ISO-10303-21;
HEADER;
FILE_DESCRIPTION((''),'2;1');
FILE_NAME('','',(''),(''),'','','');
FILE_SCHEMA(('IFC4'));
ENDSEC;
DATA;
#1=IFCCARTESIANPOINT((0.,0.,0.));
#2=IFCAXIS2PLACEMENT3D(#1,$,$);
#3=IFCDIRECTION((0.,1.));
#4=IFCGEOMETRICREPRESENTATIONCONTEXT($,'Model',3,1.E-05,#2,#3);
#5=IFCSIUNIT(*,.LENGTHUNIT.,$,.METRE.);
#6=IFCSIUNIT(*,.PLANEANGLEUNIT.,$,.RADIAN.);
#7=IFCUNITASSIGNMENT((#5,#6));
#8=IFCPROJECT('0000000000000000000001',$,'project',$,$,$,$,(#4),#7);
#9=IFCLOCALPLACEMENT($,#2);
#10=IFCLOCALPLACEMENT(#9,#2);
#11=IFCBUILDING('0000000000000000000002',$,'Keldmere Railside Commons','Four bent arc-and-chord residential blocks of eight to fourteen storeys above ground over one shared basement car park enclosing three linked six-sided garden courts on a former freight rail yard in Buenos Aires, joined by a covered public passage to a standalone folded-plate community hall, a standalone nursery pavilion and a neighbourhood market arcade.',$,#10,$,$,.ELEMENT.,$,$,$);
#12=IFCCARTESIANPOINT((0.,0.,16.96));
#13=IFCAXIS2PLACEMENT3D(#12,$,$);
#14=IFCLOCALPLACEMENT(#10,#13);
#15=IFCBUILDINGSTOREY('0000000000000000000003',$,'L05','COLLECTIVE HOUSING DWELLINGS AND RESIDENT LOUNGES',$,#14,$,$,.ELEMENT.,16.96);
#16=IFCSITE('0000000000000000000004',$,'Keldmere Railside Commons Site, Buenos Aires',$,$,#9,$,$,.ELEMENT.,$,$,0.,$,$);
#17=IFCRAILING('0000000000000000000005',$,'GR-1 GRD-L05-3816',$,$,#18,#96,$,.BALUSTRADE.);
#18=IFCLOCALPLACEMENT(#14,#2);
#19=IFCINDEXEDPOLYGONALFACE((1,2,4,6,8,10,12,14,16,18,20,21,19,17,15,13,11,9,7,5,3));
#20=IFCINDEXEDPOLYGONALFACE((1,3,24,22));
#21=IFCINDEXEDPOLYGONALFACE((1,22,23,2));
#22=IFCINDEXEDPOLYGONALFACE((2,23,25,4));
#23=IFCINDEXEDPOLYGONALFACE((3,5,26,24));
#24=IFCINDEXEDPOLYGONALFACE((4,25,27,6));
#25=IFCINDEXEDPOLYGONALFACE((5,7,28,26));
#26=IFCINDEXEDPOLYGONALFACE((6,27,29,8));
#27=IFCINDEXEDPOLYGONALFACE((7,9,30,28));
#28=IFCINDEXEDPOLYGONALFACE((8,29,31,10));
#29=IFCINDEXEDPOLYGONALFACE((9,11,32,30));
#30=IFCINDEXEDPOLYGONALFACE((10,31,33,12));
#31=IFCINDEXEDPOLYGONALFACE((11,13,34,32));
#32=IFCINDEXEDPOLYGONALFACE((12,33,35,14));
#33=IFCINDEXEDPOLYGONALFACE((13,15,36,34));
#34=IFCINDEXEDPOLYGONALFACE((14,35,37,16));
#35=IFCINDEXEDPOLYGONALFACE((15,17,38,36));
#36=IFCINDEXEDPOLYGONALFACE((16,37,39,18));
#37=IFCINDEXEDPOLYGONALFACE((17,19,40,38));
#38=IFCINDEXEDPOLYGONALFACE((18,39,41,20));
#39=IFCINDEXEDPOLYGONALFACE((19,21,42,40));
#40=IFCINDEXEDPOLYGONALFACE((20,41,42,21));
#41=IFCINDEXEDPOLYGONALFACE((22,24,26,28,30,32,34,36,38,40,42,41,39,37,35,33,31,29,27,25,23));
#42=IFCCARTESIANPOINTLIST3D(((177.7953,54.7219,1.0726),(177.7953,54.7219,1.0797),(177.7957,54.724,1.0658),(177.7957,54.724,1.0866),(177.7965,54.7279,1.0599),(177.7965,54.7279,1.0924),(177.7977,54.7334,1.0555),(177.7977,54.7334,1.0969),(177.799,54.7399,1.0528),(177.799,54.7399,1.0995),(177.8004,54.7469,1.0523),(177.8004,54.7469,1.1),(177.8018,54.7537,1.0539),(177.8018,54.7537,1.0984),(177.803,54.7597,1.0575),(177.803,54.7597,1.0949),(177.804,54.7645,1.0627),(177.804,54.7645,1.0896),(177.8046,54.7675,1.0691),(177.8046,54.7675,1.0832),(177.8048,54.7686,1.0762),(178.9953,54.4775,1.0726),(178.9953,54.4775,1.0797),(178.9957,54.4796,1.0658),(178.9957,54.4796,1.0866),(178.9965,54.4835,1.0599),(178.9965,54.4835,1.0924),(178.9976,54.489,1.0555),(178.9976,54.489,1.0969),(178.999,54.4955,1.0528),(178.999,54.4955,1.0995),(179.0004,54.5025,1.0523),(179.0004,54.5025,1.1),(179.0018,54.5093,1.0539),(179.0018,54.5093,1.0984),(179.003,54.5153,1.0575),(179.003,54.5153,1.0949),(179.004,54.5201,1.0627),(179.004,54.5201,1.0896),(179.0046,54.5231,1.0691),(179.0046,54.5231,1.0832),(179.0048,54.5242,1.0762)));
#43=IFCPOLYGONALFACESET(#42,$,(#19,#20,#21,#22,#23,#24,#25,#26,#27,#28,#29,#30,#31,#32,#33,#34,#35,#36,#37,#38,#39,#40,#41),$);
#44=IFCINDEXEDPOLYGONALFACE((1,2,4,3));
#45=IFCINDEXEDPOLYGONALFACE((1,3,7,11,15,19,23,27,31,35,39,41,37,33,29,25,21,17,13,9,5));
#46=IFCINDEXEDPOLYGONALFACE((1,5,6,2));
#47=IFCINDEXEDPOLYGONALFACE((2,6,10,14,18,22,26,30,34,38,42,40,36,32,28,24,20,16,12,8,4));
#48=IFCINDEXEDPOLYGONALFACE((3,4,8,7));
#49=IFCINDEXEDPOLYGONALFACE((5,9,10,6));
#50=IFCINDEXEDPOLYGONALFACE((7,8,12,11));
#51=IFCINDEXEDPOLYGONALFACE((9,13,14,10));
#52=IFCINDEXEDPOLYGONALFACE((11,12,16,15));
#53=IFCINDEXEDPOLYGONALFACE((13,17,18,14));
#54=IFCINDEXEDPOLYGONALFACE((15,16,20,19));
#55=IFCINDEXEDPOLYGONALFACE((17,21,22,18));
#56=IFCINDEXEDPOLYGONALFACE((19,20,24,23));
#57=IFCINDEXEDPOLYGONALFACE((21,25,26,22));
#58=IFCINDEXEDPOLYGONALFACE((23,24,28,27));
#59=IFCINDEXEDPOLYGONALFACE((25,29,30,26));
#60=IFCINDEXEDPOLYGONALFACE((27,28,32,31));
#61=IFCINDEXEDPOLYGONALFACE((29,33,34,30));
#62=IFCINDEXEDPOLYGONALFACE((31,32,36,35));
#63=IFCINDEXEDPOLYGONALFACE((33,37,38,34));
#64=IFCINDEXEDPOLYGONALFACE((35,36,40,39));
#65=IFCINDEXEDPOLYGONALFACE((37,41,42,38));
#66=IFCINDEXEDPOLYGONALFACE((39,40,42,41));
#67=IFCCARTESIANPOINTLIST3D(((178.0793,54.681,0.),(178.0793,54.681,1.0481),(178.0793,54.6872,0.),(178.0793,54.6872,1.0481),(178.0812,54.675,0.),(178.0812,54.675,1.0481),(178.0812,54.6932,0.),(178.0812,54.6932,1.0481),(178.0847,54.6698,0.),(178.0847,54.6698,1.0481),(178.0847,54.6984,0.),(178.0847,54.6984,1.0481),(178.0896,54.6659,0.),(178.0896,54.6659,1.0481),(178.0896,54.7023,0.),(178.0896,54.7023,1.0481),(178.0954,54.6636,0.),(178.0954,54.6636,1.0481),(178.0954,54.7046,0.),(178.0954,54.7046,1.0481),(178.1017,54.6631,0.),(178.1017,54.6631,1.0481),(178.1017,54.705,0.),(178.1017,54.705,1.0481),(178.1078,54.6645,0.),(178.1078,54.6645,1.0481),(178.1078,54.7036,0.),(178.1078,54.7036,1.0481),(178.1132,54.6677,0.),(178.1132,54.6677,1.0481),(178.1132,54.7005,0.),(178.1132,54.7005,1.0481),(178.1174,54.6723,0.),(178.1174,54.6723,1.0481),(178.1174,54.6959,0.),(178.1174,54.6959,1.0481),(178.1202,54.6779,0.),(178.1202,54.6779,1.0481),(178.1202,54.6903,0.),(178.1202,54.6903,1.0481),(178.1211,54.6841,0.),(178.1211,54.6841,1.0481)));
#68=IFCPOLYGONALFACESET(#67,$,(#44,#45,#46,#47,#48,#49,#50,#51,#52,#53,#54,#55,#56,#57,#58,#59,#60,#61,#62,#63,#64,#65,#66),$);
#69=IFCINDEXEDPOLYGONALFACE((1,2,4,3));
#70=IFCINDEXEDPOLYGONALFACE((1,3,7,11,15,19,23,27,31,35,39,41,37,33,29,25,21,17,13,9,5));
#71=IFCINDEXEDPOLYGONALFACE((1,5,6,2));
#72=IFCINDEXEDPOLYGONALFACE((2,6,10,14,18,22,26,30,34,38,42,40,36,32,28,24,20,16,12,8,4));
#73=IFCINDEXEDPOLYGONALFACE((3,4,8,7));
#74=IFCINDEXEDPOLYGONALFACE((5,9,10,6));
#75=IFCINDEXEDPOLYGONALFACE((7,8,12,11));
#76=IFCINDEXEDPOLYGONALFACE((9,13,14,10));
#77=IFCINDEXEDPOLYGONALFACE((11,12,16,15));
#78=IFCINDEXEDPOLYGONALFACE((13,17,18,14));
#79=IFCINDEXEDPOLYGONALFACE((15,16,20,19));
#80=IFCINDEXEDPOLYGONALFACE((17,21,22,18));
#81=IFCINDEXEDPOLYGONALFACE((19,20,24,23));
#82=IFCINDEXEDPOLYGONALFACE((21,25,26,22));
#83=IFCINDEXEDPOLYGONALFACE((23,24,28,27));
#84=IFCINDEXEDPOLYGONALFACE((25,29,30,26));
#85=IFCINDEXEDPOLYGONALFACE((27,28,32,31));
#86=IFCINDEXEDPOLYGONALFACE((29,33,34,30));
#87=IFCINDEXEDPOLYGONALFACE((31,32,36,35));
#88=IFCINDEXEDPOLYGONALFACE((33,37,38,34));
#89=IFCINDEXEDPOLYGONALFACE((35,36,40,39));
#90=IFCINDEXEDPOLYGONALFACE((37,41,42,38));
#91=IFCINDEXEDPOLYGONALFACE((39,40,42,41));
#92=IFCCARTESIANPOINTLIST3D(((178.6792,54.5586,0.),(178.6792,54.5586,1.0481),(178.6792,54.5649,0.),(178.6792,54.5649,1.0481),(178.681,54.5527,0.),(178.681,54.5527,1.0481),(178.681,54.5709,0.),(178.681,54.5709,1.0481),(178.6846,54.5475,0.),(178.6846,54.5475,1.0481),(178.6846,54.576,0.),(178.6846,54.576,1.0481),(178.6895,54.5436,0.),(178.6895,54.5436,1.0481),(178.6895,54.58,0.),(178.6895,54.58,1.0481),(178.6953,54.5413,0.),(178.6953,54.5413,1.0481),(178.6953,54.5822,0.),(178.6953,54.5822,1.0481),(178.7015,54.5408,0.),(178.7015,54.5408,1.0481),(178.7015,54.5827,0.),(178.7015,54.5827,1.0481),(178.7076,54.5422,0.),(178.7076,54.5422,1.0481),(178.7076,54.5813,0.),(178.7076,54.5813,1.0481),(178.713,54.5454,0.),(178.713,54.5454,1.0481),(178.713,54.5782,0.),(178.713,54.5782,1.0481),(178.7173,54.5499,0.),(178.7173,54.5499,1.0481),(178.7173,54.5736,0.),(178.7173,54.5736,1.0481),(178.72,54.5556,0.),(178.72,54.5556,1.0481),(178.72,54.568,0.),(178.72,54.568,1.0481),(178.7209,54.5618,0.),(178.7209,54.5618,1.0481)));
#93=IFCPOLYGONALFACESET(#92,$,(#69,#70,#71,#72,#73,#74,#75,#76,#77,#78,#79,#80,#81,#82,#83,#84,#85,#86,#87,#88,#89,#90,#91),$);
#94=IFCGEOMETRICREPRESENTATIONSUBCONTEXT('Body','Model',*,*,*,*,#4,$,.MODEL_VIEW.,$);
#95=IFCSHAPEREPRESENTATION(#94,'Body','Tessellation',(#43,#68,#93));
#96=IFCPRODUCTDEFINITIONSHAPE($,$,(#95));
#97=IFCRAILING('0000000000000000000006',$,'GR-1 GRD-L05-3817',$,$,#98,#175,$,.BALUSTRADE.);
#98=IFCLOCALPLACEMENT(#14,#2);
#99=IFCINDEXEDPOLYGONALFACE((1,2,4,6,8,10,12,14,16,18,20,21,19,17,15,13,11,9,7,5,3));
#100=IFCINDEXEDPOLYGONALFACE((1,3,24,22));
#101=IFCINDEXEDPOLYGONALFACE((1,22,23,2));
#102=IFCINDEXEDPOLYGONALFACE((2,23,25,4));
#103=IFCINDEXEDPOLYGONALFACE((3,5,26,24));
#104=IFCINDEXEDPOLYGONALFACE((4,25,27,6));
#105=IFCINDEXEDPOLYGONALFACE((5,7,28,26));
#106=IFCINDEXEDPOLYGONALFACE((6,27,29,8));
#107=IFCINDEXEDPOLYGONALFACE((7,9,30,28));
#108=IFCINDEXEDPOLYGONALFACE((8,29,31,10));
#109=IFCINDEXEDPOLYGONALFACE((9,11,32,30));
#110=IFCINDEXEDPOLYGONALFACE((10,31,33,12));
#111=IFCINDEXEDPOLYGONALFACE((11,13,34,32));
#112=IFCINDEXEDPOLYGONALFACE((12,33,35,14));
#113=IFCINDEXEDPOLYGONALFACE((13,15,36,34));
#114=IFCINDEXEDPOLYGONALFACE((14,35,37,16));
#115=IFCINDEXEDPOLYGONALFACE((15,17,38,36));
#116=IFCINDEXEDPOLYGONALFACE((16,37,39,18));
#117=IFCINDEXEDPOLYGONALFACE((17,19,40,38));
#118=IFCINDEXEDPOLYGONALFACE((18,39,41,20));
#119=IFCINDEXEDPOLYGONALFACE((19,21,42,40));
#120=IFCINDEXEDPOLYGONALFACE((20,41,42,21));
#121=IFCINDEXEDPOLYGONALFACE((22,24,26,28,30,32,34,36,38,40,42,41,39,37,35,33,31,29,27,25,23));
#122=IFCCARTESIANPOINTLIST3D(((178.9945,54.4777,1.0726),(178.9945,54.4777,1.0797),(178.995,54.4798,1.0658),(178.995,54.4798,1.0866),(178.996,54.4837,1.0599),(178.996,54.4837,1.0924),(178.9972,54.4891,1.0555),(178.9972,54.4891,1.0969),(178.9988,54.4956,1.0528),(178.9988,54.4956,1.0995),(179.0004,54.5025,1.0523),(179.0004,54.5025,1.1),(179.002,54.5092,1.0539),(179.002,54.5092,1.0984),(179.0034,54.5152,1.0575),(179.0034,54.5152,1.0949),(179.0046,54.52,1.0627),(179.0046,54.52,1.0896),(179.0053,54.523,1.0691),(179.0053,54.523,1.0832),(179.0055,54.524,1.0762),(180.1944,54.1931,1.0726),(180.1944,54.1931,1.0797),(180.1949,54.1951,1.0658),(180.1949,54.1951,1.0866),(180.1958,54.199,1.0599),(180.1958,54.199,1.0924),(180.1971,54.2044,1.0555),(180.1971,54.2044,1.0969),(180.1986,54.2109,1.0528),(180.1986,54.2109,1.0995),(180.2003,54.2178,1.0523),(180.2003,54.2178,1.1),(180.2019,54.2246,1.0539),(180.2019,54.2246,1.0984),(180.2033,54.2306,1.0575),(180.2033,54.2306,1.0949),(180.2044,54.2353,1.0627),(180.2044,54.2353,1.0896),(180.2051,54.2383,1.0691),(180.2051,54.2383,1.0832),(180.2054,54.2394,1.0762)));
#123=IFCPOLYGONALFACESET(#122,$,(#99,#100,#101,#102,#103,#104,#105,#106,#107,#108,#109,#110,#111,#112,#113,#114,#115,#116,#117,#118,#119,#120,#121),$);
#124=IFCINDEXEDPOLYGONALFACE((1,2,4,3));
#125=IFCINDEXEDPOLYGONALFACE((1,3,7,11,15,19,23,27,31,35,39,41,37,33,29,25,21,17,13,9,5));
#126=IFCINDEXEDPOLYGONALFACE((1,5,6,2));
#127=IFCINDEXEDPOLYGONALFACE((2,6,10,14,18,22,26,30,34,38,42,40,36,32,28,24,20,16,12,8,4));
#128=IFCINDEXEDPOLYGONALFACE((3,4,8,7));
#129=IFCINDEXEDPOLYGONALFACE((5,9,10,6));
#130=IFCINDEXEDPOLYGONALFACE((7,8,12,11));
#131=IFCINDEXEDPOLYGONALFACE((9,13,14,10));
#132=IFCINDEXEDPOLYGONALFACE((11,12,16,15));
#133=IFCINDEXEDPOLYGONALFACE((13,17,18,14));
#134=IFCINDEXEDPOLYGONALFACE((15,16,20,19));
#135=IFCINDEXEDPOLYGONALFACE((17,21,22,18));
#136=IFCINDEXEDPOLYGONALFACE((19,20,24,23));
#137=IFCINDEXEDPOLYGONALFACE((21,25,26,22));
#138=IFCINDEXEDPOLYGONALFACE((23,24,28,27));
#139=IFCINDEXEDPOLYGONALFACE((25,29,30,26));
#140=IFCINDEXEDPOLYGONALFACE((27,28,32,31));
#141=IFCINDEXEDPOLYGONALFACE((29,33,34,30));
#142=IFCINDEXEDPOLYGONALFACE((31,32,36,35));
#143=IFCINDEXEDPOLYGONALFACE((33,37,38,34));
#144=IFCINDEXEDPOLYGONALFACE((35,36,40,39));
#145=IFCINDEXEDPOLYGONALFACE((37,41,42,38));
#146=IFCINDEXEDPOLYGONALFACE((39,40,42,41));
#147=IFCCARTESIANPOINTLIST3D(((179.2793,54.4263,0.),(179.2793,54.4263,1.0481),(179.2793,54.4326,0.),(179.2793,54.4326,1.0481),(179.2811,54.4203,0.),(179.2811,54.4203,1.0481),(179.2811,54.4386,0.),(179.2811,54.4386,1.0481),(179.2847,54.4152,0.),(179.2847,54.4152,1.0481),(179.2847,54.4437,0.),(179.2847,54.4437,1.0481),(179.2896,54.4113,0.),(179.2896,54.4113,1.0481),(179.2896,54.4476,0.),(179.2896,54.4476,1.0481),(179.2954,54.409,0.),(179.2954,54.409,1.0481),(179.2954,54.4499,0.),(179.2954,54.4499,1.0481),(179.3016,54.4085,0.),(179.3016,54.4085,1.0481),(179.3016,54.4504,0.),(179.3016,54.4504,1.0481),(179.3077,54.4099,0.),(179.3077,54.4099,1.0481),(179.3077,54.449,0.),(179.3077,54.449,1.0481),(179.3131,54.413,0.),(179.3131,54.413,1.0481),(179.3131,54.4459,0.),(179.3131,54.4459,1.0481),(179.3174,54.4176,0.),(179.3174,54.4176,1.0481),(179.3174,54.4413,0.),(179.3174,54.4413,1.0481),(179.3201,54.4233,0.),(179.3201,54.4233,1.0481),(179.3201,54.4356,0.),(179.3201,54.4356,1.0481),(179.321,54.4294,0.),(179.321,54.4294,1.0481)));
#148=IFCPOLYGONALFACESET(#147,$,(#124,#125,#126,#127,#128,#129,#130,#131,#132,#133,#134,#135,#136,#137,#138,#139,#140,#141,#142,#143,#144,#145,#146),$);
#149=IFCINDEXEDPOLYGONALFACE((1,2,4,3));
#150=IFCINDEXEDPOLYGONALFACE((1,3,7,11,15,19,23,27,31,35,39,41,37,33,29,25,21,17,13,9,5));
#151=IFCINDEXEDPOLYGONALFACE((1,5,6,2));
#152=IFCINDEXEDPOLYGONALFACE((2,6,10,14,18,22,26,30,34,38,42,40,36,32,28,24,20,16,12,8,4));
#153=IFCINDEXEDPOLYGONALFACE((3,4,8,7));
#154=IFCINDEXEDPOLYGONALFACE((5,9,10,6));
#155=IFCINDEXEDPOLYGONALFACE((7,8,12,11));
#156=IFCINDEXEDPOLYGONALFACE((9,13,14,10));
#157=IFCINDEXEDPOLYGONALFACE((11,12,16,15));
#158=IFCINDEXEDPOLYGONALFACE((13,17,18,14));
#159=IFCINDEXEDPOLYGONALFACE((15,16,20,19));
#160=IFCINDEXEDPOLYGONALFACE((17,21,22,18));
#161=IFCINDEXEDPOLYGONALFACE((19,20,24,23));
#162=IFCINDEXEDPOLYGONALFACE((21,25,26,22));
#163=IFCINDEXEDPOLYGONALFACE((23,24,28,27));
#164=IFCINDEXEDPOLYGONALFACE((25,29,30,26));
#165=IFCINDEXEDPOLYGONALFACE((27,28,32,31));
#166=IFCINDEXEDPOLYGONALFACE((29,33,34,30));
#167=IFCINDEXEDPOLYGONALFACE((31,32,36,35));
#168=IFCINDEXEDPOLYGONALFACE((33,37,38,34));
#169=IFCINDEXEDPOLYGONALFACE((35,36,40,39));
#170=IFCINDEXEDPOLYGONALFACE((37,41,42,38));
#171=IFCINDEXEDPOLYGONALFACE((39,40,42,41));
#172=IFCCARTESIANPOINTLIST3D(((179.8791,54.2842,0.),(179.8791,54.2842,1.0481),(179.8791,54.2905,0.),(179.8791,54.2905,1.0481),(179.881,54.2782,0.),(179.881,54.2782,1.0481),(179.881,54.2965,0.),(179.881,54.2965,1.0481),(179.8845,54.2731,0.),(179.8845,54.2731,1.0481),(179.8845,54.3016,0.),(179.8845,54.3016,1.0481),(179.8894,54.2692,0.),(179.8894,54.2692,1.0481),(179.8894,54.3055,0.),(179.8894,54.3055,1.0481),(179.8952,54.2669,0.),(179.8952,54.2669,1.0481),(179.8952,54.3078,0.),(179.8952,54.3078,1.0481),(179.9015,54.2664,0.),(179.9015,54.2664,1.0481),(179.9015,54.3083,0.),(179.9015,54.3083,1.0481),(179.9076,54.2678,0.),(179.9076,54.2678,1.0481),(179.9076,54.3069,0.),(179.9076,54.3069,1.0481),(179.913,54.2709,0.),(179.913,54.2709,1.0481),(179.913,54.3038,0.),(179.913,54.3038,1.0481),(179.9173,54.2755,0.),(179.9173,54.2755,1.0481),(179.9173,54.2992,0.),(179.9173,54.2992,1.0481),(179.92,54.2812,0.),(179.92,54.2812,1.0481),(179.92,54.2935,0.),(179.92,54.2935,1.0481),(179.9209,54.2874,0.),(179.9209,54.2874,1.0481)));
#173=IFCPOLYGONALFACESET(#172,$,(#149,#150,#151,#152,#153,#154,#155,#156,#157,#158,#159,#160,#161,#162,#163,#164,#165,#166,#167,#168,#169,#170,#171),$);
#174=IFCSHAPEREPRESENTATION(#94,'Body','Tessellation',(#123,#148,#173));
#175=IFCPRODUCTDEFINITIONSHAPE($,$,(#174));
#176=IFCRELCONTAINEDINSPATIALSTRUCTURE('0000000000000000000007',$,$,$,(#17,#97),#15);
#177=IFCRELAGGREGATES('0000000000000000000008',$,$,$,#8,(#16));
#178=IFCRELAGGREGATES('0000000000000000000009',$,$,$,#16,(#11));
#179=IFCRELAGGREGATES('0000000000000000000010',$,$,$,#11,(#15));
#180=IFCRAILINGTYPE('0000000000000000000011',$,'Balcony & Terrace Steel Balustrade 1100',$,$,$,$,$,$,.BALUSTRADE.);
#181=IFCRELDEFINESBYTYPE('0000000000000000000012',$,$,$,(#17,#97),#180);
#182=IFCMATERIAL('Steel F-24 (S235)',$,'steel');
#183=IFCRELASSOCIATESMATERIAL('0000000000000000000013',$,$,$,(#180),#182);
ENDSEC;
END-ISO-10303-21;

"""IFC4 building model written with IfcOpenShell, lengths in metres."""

from ifc_helpers import new_model, si_unit, direction, frame, origin, origin_2d, place, context, subcontext, project, spatial, circle, extrude, material, type_object, element, save


model = new_model("IFC4")

# Units and contexts
model_context = context("Model", 3, precision=1e-05, world=origin(), true_north=direction((0.0, 1.0)))
body_context = subcontext(model_context, "Body", "Model", "MODEL_VIEW")
ifc_project = project(units=[si_unit("LENGTHUNIT", "METRE"), si_unit("PLANEANGLEUNIT", "RADIAN")], contexts=[model_context])

# Site, building, storey
site_placement = place(None, origin())
site = spatial("IfcSite", under=ifc_project, at=site_placement, Name="Keldmere Railside Commons Site, Buenos Aires", CompositionType="ELEMENT", RefElevation=0.0)
building_placement = place(site_placement, origin())
building = spatial("IfcBuilding", under=site, at=building_placement, Name="Keldmere Railside Commons", Description="Four bent arc-and-chord residential blocks of eight to fourteen storeys above ground over one shared basement car park enclosing three linked six-sided garden courts on a former freight rail yard in Buenos Aires, joined by a covered public passage to a standalone folded-plate community hall, a standalone nursery pavilion and a neighbourhood market arcade.", CompositionType="ELEMENT")
storey_placement = place(building_placement, frame((0.0, 0.0, 16.96)))
storey = spatial("IfcBuildingStorey", under=building, at=storey_placement, Name="L05", Description="COLLECTIVE HOUSING DWELLINGS AND RESIDENT LOUNGES", CompositionType="ELEMENT", Elevation=16.96)

# Shared definitions
ifc_material_1 = material(Name="Steel F-24 (S235)", Category="steel")

# Railings
railing_type = type_object("IfcRailingType", Name="Balcony & Terrace Steel Balustrade 1100", PredefinedType="BALUSTRADE", material=ifc_material_1)
railing_1_placement = place(storey_placement, frame((177.8, 54.7451, 0.0)))
element("IfcRailing", 1, at=railing_1_placement, inside=storey, type_object=railing_type, Name="GR-1 GRD-L05-3816", PredefinedType="BALUSTRADE", context=body_context, shape_type="SweptSolid", body=[
    extrude(circle(Radius=0.0239, at=origin_2d()), frame((0.0, 0.0, 1.0762), z_axis=(0.979884, -0.199565, 0.0), x_axis=(0.199565, 0.979884, 0.0)), (0.0, 0.0, 1.0), 1.2246),
    extrude(circle(Radius=0.021, at=origin_2d()), frame((0.3, -0.061, 0.0)), (0.0, 0.0, 1.0), 1.0481),
    extrude(circle(Radius=0.021, at=origin_2d()), frame((0.8999, -0.1833, 0.0)), (0.0, 0.0, 1.0), 1.0481),
])
railing_2_placement = place(storey_placement, frame((179.0, 54.5007, 0.0)))
element("IfcRailing", 2, at=railing_2_placement, inside=storey, type_object=railing_type, Name="GR-1 GRD-L05-3817", PredefinedType="BALUSTRADE", context=body_context, shape_type="SweptSolid", body=[
    extrude(circle(Radius=0.0239, at=origin_2d()), frame((0.0, 0.0, 1.0762), z_axis=(0.972995, -0.230826, 0.0), x_axis=(0.230826, 0.972995, 0.0)), (0.0, 0.0, 1.0), 1.2332),
    extrude(circle(Radius=0.021, at=origin_2d()), frame((0.3, -0.0713, 0.0)), (0.0, 0.0, 1.0), 1.0481),
    extrude(circle(Radius=0.021, at=origin_2d()), frame((0.8999, -0.2134, 0.0)), (0.0, 0.0, 1.0), 1.0481),
])

save(model, "model.ifc")
